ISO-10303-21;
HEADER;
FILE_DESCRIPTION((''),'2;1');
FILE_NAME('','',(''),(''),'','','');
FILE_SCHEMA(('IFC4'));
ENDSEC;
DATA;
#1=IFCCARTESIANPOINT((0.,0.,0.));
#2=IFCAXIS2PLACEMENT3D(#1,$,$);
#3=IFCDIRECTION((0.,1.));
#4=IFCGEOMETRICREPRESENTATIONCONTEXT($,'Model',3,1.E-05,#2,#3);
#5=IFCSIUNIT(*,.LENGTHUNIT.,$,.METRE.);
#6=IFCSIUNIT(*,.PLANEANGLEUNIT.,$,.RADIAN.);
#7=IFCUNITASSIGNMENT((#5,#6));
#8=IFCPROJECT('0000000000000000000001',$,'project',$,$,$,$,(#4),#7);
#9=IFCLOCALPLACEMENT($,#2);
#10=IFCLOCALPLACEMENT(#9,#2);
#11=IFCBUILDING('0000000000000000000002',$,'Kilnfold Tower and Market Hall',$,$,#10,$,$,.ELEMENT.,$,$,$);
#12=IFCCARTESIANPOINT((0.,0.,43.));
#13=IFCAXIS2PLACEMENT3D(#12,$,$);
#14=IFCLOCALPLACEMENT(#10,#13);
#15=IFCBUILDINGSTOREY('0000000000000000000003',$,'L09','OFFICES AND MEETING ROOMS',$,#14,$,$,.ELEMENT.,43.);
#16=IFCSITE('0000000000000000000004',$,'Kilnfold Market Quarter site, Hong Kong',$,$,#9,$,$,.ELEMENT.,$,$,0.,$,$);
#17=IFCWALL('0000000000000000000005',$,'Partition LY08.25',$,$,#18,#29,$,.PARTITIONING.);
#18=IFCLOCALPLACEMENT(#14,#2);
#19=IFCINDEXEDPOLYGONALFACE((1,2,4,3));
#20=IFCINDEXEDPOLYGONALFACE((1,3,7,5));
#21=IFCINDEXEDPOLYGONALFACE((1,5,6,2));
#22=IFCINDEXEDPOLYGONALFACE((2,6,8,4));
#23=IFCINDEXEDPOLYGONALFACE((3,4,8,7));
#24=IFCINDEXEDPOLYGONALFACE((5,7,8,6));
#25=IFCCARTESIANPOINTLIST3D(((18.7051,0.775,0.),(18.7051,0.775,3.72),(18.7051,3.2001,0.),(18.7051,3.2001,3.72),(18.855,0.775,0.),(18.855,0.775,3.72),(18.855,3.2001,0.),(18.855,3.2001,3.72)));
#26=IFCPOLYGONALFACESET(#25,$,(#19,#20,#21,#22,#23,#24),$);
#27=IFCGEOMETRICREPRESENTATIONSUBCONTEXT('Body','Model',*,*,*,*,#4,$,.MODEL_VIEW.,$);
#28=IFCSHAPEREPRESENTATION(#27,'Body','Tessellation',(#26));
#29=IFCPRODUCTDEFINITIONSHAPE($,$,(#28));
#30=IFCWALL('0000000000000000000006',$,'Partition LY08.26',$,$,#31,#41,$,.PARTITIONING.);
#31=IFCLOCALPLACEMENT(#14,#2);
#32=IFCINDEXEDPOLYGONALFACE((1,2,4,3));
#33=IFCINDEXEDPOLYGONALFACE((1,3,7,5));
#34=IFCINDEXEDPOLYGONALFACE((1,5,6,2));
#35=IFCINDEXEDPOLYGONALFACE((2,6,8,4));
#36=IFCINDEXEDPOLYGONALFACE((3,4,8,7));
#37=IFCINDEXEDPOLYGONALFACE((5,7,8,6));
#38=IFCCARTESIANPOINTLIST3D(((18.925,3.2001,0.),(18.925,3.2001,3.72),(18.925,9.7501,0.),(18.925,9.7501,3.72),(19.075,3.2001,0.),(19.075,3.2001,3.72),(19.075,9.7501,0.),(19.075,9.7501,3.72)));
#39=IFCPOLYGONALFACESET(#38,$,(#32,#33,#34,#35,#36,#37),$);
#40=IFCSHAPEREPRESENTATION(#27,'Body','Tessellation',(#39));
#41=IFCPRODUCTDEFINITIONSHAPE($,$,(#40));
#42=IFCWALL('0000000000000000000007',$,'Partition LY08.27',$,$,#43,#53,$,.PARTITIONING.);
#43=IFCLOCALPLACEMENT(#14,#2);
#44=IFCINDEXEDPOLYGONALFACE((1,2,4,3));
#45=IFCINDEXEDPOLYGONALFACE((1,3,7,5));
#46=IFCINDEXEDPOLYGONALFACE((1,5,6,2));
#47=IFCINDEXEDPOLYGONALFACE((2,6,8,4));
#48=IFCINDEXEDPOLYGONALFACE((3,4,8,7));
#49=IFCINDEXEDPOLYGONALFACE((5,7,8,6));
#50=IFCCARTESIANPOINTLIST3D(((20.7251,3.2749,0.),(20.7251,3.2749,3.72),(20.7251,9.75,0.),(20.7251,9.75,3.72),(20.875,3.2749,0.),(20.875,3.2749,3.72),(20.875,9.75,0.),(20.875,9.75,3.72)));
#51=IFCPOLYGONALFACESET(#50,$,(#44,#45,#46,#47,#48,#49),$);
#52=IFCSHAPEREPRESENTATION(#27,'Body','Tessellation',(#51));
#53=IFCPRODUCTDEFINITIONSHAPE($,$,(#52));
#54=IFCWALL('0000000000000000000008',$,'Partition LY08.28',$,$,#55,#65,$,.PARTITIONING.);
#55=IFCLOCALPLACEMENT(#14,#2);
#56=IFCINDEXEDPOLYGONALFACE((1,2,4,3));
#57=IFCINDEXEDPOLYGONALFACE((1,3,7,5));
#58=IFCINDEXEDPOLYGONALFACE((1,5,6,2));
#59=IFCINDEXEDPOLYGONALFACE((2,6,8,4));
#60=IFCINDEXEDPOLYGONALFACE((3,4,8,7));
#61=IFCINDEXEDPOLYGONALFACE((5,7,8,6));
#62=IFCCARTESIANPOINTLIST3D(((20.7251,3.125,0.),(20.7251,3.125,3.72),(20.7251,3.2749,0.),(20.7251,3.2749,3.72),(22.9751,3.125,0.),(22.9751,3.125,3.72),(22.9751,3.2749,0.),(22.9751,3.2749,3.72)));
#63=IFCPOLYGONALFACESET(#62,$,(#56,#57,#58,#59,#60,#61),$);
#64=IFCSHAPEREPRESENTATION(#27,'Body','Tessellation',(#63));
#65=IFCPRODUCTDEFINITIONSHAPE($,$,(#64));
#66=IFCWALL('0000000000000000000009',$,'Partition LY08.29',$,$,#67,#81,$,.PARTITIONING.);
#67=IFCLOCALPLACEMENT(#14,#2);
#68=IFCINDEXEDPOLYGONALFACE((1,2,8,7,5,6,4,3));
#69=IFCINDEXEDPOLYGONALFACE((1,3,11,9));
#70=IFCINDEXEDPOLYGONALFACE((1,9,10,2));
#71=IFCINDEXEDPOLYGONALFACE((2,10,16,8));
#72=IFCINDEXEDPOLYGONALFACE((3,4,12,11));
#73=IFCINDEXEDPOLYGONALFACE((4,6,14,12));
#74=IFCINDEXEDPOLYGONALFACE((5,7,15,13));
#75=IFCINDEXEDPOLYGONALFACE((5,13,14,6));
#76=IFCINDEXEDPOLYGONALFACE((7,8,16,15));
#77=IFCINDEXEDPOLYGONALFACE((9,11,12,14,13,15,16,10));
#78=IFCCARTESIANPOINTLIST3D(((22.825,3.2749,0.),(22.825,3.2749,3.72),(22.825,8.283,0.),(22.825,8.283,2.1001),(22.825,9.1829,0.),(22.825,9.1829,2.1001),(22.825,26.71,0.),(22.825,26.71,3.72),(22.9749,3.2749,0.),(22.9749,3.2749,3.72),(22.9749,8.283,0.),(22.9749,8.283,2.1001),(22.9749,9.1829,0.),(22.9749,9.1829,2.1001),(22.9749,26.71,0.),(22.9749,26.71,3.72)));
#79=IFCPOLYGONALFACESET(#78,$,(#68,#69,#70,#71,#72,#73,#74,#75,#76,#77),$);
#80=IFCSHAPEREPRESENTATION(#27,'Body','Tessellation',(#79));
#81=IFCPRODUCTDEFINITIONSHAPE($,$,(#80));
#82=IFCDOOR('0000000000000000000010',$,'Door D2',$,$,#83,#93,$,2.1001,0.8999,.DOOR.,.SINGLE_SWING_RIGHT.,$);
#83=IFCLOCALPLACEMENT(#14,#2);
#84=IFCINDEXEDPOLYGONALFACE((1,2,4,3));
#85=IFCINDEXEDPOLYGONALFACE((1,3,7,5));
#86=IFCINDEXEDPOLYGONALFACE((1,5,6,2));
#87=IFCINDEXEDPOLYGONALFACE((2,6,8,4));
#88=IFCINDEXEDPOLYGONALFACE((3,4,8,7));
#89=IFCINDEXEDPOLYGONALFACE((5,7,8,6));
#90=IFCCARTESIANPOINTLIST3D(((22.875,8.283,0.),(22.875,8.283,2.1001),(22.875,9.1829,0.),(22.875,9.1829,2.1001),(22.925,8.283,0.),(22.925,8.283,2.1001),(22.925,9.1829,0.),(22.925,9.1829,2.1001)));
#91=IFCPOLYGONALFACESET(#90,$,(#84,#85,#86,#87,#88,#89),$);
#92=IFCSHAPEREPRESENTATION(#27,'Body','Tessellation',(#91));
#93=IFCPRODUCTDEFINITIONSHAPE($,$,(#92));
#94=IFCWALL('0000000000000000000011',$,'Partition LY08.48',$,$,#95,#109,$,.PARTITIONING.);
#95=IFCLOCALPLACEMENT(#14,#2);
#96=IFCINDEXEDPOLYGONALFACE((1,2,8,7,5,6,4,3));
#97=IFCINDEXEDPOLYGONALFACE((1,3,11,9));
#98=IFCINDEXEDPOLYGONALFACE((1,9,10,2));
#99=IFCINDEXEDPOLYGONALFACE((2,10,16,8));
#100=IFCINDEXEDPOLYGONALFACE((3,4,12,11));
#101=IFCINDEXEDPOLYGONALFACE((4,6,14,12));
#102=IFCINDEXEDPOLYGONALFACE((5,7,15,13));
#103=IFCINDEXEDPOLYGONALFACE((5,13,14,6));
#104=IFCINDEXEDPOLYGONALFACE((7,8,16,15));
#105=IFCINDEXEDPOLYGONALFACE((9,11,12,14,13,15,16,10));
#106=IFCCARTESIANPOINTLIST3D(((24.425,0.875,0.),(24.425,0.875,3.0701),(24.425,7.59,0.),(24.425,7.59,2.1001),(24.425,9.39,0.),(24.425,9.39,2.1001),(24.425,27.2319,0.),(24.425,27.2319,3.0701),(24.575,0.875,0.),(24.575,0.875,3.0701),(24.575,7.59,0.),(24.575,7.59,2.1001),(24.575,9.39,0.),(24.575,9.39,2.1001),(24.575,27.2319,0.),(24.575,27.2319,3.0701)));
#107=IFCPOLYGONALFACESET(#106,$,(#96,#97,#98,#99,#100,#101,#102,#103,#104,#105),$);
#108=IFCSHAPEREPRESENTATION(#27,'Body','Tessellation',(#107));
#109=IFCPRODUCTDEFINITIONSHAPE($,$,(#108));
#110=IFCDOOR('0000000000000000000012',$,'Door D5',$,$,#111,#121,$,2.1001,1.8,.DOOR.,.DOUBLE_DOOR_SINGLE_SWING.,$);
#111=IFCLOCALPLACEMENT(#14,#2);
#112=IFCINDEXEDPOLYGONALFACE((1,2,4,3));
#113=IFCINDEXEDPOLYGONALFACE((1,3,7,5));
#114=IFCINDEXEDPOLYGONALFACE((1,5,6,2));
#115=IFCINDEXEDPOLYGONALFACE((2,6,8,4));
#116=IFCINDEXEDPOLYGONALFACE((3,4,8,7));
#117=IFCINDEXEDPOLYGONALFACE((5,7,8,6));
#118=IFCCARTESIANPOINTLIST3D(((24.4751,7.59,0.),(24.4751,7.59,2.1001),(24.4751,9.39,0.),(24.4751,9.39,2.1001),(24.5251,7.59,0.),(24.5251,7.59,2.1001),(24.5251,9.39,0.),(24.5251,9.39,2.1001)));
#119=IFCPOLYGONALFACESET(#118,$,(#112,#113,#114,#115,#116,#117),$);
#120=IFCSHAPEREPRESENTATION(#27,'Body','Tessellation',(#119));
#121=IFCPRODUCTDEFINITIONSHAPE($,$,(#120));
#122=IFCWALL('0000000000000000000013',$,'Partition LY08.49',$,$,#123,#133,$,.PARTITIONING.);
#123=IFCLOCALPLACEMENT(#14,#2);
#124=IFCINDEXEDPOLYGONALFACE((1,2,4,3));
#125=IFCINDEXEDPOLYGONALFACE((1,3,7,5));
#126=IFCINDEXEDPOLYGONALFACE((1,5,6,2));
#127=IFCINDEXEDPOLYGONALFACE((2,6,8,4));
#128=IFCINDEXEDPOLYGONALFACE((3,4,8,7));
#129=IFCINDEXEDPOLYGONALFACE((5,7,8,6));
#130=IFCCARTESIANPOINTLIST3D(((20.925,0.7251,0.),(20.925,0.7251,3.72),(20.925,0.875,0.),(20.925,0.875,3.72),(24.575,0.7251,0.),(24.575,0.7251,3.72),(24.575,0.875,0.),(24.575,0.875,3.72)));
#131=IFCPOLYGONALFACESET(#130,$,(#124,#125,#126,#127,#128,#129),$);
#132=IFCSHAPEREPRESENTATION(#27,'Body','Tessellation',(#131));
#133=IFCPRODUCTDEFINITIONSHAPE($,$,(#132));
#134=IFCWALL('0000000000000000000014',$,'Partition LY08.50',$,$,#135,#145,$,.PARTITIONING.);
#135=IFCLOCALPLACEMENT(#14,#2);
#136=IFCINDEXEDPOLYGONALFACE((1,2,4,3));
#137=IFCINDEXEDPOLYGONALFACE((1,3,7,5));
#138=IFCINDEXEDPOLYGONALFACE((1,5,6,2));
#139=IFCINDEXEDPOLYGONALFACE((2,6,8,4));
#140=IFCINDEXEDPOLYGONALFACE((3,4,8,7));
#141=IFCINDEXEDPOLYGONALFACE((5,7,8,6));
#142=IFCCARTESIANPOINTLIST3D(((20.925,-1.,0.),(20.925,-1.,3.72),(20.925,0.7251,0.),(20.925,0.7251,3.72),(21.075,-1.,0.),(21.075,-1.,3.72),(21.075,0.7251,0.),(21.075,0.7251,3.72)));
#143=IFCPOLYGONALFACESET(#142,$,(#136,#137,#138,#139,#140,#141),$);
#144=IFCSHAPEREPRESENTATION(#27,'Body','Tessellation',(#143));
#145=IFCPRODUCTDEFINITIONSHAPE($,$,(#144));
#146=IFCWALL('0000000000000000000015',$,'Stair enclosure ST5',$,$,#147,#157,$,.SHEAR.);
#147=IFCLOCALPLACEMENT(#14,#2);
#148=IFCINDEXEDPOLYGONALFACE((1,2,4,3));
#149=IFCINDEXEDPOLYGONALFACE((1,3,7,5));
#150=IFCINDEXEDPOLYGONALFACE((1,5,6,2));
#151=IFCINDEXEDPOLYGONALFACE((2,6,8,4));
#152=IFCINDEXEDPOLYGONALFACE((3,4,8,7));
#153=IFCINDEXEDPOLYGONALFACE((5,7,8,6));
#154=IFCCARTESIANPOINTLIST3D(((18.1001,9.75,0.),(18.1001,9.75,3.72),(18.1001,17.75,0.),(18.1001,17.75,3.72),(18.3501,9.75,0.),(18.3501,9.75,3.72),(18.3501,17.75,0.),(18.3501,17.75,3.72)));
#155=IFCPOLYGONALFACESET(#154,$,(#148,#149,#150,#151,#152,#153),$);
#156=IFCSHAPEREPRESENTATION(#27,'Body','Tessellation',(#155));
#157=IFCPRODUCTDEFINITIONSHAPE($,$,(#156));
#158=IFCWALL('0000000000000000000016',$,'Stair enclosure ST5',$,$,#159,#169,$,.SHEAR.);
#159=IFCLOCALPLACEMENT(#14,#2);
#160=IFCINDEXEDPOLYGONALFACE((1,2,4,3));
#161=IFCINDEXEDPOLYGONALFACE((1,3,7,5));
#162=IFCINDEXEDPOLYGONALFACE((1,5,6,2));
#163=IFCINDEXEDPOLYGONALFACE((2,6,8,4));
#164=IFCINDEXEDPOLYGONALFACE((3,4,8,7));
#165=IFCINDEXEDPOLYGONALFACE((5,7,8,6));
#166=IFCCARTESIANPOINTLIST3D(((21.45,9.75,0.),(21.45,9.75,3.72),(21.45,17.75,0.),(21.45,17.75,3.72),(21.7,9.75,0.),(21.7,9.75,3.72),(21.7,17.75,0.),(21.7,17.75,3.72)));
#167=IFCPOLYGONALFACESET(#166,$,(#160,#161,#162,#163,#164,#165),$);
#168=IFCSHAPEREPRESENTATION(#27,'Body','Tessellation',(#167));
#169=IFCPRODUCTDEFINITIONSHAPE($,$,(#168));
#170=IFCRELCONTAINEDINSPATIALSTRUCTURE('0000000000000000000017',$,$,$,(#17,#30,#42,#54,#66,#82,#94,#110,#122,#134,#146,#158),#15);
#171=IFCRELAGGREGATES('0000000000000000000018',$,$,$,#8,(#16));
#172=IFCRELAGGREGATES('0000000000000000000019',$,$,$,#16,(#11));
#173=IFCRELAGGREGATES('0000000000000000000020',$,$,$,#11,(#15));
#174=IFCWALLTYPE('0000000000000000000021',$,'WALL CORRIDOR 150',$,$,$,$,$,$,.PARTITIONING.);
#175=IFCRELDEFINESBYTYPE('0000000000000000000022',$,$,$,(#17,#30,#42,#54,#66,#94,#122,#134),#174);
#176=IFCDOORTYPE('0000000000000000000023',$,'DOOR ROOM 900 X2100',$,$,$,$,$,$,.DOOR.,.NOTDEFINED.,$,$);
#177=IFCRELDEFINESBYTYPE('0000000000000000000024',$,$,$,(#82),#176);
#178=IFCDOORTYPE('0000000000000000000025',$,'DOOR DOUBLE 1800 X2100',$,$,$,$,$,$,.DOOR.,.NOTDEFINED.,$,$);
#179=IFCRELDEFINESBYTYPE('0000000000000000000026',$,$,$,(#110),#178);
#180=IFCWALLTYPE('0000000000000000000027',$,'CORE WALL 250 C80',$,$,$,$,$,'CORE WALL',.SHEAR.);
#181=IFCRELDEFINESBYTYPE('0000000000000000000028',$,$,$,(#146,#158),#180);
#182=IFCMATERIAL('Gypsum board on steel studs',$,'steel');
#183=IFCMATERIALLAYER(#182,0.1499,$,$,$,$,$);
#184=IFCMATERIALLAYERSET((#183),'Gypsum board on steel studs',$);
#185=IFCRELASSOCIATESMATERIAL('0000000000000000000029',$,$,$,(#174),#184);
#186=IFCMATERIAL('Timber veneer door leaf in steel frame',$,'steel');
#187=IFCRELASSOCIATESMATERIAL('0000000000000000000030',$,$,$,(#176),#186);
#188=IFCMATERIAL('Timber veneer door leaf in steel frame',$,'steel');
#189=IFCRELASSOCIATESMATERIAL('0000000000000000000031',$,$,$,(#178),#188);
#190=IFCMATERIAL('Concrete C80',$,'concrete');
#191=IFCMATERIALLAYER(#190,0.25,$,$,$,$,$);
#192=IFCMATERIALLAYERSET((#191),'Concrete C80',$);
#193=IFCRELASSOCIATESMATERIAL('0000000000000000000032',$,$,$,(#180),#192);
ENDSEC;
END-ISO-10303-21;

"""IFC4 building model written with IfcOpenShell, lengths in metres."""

from ifc_helpers import new_model, si_unit, direction, frame, frame_2d, origin, place, context, subcontext, project, spatial, rectangle, extrude, source, transform, mapped, material, layer, layer_set, type_object, element, fill, save


model = new_model("IFC4")

# Units and contexts
model_context = context("Model", 3, precision=1e-05, world=origin(), true_north=direction((0.0, 1.0)))
body_context = subcontext(model_context, "Body", "Model", "MODEL_VIEW")
ifc_project = project(units=[si_unit("LENGTHUNIT", "METRE"), si_unit("PLANEANGLEUNIT", "RADIAN")], contexts=[model_context])

# Site, building, storey
site_placement = place(None, origin())
site = spatial("IfcSite", under=ifc_project, at=site_placement, Name="Kilnfold Market Quarter site, Hong Kong", CompositionType="ELEMENT", RefElevation=0.0)
building_placement = place(site_placement, origin())
building = spatial("IfcBuilding", under=site, at=building_placement, Name="Kilnfold Tower and Market Hall", CompositionType="ELEMENT")
storey_placement = place(building_placement, frame((0.0, 0.0, 43.0)))
storey = spatial("IfcBuildingStorey", under=building, at=storey_placement, Name="L09", Description="OFFICES AND MEETING ROOMS", CompositionType="ELEMENT", Elevation=43.0)

# Walls
ifc_material_1 = material(Name="Gypsum board on steel studs", Category="steel")
ifc_layer_1 = layer(ifc_material_1, 0.1499)
ifc_layer_set_1 = layer_set([ifc_layer_1], Name="Gypsum board on steel studs")
wall_type_1 = type_object("IfcWallType", Name="WALL CORRIDOR 150", PredefinedType="PARTITIONING", material=ifc_layer_set_1)
wall_1_placement = place(storey_placement, frame((18.78, 3.2, 0.0), z_axis=(0.0, 0.0, 1.0), x_axis=(0.0, -1.0, 0.0)))
element("IfcWall", 1, at=wall_1_placement, inside=storey, type_object=wall_type_1, Name="Partition LY08.25", PredefinedType="PARTITIONING", context=body_context, shape_type="SweptSolid", body=[
    extrude(rectangle(XDim=2.425, YDim=0.1499, at=frame_2d((1.2124, 0.0))), origin(), (0.0, 0.0, 1.0), 3.72),
])
wall_2_placement = place(storey_placement, frame((19.0, 9.75, 0.0), z_axis=(0.0, 0.0, 1.0), x_axis=(0.0, -1.0, 0.0)))
element("IfcWall", 2, at=wall_2_placement, inside=storey, type_object=wall_type_1, Name="Partition LY08.26", PredefinedType="PARTITIONING", context=body_context, shape_type="SweptSolid", body=[
    extrude(rectangle(XDim=6.55, YDim=0.1499, at=frame_2d((3.2749, 0.0))), origin(), (0.0, 0.0, 1.0), 3.72),
])
wall_3_placement = place(storey_placement, frame((20.8, 3.2749, 0.0), z_axis=(0.0, 0.0, 1.0), x_axis=(0.0, 1.0, 0.0)))
element("IfcWall", 3, at=wall_3_placement, inside=storey, type_object=wall_type_1, Name="Partition LY08.27", PredefinedType="PARTITIONING", context=body_context, shape_type="SweptSolid", body=[
    extrude(rectangle(XDim=6.4751, YDim=0.1499, at=frame_2d((3.2375, 0.0))), origin(), (0.0, 0.0, 1.0), 3.72),
])
wall_4_placement = place(storey_placement, frame((20.7251, 3.2, 0.0), z_axis=(0.0, 0.0, 1.0), x_axis=(1.0, 0.0, 0.0)))
element("IfcWall", 4, at=wall_4_placement, inside=storey, type_object=wall_type_1, Name="Partition LY08.28", PredefinedType="PARTITIONING", context=body_context, shape_type="SweptSolid", body=[
    extrude(rectangle(XDim=2.25, YDim=0.1499, at=frame_2d((1.125, 0.0))), origin(), (0.0, 0.0, 1.0), 3.72),
])

# Walls, openings, doors
wall_5_placement = place(storey_placement, frame((22.8999, 3.2749, 0.0), z_axis=(0.0, 0.0, 1.0), x_axis=(0.0, 1.0, 0.0)))
wall_5 = element("IfcWall", 5, at=wall_5_placement, inside=storey, type_object=wall_type_1, Name="Partition LY08.29", PredefinedType="PARTITIONING", context=body_context, shape_type="SweptSolid", body=[
    extrude(rectangle(XDim=23.4351, YDim=0.1499, at=frame_2d((11.7175, 0.0))), origin(), (0.0, 0.0, 1.0), 3.72),
])
opening_1_placement = place(wall_5_placement, frame((5.0081, 0.0, 0.0)))
opening_1 = element("IfcOpeningElement", 6, at=opening_1_placement, cuts=wall_5, PredefinedType="OPENING", context=body_context, shape_type="SweptSolid", body=[
    extrude(rectangle(XDim=0.8999, YDim=2.1001, at=frame_2d((0.45, 1.05))), frame((0.0, 0.085, 0.0), z_axis=(0.0, -1.0, 0.0), x_axis=(1.0, 0.0, 0.0)), (0.0, 0.0, 1.0), 0.1699),
])
ifc_material_2 = material(Name="Timber veneer door leaf in steel frame", Category="steel")
door_type_1 = type_object("IfcDoorType", Name="DOOR ROOM 900 X2100", OperationType="NOTDEFINED", PredefinedType="DOOR", material=ifc_material_2)
door_1_placement = place(opening_1_placement, origin())
door_1 = element("IfcDoor", 7, at=door_1_placement, inside=storey, type_object=door_type_1, Name="Door D2", OperationType="SINGLE_SWING_RIGHT", OverallHeight=2.1001, OverallWidth=0.8999, PredefinedType="DOOR", context=body_context, shape_type="SweptSolid", body=[
    extrude(rectangle(XDim=0.8999, YDim=2.1001, at=frame_2d((0.45, 1.05))), frame((0.0, 0.0249, 0.0), z_axis=(0.0, -1.0, 0.0), x_axis=(1.0, 0.0, 0.0)), (0.0, 0.0, 1.0), 0.05),
])
fill(opening_1, door_1)
wall_6_placement = place(storey_placement, frame((24.5, 0.875, 0.0), z_axis=(0.0, 0.0, 1.0), x_axis=(0.0, 1.0, 0.0)))
wall_6 = element("IfcWall", 8, at=wall_6_placement, inside=storey, type_object=wall_type_1, Name="Partition LY08.48", PredefinedType="PARTITIONING", context=body_context, shape_type="SweptSolid", body=[
    extrude(rectangle(XDim=26.3569, YDim=0.1499, at=frame_2d((13.1785, 0.0))), origin(), (0.0, 0.0, 1.0), 3.0701),
])
opening_2_placement = place(wall_6_placement, frame((6.7151, 0.0, 0.0)))
opening_2 = element("IfcOpeningElement", 9, at=opening_2_placement, cuts=wall_6, PredefinedType="OPENING", context=body_context, shape_type="SweptSolid", body=[
    extrude(rectangle(XDim=1.8, YDim=2.1001, at=frame_2d((0.8999, 1.05))), frame((0.0, 0.085, 0.0), z_axis=(0.0, -1.0, 0.0), x_axis=(1.0, 0.0, 0.0)), (0.0, 0.0, 1.0), 0.1699),
])
ifc_material_3 = material(Name="Timber veneer door leaf in steel frame", Category="steel")
door_type_2 = type_object("IfcDoorType", Name="DOOR DOUBLE 1800 X2100", OperationType="NOTDEFINED", PredefinedType="DOOR", material=ifc_material_3)
door_2_placement = place(opening_2_placement, origin())
door_2 = element("IfcDoor", 10, at=door_2_placement, inside=storey, type_object=door_type_2, Name="Door D5", OperationType="DOUBLE_DOOR_SINGLE_SWING", OverallHeight=2.1001, OverallWidth=1.8, PredefinedType="DOOR", context=body_context, shape_type="SweptSolid", body=[
    extrude(rectangle(XDim=1.8, YDim=2.1001, at=frame_2d((0.8999, 1.05))), frame((0.0, 0.0249, 0.0), z_axis=(0.0, -1.0, 0.0), x_axis=(1.0, 0.0, 0.0)), (0.0, 0.0, 1.0), 0.05),
])
fill(opening_2, door_2)

# Walls
wall_7_placement = place(storey_placement, frame((20.925, 0.8, 0.0), z_axis=(0.0, 0.0, 1.0), x_axis=(1.0, 0.0, 0.0)))
element("IfcWall", 11, at=wall_7_placement, inside=storey, type_object=wall_type_1, Name="Partition LY08.49", PredefinedType="PARTITIONING", context=body_context, shape_type="SweptSolid", body=[
    extrude(rectangle(XDim=3.6499, YDim=0.1499, at=frame_2d((1.825, 0.0))), origin(), (0.0, 0.0, 1.0), 3.72),
])
wall_8_placement = place(storey_placement, frame((21.0, -1.0, 0.0), z_axis=(0.0, 0.0, 1.0), x_axis=(0.0, 1.0, 0.0)))
element("IfcWall", 12, at=wall_8_placement, inside=storey, type_object=wall_type_1, Name="Partition LY08.50", PredefinedType="PARTITIONING", context=body_context, shape_type="SweptSolid", body=[
    extrude(rectangle(XDim=1.7251, YDim=0.1499, at=frame_2d((0.8625, 0.0))), origin(), (0.0, 0.0, 1.0), 3.72),
])
ifc_material_4 = material(Name="Concrete C80", Category="concrete")
ifc_layer_2 = layer(ifc_material_4, 0.25)
ifc_layer_set_2 = layer_set([ifc_layer_2], Name="Concrete C80")
wall_type_2 = type_object("IfcWallType", Name="CORE WALL 250 C80", ElementType="CORE WALL", PredefinedType="SHEAR", material=ifc_layer_set_2)
shared_shape_1 = source(origin(), body_context, "Body", "SweptSolid", [
    extrude(rectangle(XDim=8.0, YDim=0.25, at=frame_2d((4.0, 0.0))), origin(), (0.0, 0.0, 1.0), 3.72),
])
for number, where, z_axis, x_axis, name in (
    (13, (18.2251, 9.75, 0.0), (0.0, 0.0, 1.0), (0.0, 1.0, 0.0), "Stair enclosure ST5"),
    (14, (21.575, 9.75, 0.0), (0.0, 0.0, 1.0), (0.0, 1.0, 0.0), "Stair enclosure ST5"),
):
    element("IfcWall", number, at=place(storey_placement, frame(where, z_axis=z_axis, x_axis=x_axis)), inside=storey, type_object=wall_type_2, Name=name, PredefinedType="SHEAR", context=body_context, shape_type="MappedRepresentation", body=[
        mapped(shared_shape_1, transform((0.0, 0.0, 0.0))),
    ])

save(model, "model.ifc")
